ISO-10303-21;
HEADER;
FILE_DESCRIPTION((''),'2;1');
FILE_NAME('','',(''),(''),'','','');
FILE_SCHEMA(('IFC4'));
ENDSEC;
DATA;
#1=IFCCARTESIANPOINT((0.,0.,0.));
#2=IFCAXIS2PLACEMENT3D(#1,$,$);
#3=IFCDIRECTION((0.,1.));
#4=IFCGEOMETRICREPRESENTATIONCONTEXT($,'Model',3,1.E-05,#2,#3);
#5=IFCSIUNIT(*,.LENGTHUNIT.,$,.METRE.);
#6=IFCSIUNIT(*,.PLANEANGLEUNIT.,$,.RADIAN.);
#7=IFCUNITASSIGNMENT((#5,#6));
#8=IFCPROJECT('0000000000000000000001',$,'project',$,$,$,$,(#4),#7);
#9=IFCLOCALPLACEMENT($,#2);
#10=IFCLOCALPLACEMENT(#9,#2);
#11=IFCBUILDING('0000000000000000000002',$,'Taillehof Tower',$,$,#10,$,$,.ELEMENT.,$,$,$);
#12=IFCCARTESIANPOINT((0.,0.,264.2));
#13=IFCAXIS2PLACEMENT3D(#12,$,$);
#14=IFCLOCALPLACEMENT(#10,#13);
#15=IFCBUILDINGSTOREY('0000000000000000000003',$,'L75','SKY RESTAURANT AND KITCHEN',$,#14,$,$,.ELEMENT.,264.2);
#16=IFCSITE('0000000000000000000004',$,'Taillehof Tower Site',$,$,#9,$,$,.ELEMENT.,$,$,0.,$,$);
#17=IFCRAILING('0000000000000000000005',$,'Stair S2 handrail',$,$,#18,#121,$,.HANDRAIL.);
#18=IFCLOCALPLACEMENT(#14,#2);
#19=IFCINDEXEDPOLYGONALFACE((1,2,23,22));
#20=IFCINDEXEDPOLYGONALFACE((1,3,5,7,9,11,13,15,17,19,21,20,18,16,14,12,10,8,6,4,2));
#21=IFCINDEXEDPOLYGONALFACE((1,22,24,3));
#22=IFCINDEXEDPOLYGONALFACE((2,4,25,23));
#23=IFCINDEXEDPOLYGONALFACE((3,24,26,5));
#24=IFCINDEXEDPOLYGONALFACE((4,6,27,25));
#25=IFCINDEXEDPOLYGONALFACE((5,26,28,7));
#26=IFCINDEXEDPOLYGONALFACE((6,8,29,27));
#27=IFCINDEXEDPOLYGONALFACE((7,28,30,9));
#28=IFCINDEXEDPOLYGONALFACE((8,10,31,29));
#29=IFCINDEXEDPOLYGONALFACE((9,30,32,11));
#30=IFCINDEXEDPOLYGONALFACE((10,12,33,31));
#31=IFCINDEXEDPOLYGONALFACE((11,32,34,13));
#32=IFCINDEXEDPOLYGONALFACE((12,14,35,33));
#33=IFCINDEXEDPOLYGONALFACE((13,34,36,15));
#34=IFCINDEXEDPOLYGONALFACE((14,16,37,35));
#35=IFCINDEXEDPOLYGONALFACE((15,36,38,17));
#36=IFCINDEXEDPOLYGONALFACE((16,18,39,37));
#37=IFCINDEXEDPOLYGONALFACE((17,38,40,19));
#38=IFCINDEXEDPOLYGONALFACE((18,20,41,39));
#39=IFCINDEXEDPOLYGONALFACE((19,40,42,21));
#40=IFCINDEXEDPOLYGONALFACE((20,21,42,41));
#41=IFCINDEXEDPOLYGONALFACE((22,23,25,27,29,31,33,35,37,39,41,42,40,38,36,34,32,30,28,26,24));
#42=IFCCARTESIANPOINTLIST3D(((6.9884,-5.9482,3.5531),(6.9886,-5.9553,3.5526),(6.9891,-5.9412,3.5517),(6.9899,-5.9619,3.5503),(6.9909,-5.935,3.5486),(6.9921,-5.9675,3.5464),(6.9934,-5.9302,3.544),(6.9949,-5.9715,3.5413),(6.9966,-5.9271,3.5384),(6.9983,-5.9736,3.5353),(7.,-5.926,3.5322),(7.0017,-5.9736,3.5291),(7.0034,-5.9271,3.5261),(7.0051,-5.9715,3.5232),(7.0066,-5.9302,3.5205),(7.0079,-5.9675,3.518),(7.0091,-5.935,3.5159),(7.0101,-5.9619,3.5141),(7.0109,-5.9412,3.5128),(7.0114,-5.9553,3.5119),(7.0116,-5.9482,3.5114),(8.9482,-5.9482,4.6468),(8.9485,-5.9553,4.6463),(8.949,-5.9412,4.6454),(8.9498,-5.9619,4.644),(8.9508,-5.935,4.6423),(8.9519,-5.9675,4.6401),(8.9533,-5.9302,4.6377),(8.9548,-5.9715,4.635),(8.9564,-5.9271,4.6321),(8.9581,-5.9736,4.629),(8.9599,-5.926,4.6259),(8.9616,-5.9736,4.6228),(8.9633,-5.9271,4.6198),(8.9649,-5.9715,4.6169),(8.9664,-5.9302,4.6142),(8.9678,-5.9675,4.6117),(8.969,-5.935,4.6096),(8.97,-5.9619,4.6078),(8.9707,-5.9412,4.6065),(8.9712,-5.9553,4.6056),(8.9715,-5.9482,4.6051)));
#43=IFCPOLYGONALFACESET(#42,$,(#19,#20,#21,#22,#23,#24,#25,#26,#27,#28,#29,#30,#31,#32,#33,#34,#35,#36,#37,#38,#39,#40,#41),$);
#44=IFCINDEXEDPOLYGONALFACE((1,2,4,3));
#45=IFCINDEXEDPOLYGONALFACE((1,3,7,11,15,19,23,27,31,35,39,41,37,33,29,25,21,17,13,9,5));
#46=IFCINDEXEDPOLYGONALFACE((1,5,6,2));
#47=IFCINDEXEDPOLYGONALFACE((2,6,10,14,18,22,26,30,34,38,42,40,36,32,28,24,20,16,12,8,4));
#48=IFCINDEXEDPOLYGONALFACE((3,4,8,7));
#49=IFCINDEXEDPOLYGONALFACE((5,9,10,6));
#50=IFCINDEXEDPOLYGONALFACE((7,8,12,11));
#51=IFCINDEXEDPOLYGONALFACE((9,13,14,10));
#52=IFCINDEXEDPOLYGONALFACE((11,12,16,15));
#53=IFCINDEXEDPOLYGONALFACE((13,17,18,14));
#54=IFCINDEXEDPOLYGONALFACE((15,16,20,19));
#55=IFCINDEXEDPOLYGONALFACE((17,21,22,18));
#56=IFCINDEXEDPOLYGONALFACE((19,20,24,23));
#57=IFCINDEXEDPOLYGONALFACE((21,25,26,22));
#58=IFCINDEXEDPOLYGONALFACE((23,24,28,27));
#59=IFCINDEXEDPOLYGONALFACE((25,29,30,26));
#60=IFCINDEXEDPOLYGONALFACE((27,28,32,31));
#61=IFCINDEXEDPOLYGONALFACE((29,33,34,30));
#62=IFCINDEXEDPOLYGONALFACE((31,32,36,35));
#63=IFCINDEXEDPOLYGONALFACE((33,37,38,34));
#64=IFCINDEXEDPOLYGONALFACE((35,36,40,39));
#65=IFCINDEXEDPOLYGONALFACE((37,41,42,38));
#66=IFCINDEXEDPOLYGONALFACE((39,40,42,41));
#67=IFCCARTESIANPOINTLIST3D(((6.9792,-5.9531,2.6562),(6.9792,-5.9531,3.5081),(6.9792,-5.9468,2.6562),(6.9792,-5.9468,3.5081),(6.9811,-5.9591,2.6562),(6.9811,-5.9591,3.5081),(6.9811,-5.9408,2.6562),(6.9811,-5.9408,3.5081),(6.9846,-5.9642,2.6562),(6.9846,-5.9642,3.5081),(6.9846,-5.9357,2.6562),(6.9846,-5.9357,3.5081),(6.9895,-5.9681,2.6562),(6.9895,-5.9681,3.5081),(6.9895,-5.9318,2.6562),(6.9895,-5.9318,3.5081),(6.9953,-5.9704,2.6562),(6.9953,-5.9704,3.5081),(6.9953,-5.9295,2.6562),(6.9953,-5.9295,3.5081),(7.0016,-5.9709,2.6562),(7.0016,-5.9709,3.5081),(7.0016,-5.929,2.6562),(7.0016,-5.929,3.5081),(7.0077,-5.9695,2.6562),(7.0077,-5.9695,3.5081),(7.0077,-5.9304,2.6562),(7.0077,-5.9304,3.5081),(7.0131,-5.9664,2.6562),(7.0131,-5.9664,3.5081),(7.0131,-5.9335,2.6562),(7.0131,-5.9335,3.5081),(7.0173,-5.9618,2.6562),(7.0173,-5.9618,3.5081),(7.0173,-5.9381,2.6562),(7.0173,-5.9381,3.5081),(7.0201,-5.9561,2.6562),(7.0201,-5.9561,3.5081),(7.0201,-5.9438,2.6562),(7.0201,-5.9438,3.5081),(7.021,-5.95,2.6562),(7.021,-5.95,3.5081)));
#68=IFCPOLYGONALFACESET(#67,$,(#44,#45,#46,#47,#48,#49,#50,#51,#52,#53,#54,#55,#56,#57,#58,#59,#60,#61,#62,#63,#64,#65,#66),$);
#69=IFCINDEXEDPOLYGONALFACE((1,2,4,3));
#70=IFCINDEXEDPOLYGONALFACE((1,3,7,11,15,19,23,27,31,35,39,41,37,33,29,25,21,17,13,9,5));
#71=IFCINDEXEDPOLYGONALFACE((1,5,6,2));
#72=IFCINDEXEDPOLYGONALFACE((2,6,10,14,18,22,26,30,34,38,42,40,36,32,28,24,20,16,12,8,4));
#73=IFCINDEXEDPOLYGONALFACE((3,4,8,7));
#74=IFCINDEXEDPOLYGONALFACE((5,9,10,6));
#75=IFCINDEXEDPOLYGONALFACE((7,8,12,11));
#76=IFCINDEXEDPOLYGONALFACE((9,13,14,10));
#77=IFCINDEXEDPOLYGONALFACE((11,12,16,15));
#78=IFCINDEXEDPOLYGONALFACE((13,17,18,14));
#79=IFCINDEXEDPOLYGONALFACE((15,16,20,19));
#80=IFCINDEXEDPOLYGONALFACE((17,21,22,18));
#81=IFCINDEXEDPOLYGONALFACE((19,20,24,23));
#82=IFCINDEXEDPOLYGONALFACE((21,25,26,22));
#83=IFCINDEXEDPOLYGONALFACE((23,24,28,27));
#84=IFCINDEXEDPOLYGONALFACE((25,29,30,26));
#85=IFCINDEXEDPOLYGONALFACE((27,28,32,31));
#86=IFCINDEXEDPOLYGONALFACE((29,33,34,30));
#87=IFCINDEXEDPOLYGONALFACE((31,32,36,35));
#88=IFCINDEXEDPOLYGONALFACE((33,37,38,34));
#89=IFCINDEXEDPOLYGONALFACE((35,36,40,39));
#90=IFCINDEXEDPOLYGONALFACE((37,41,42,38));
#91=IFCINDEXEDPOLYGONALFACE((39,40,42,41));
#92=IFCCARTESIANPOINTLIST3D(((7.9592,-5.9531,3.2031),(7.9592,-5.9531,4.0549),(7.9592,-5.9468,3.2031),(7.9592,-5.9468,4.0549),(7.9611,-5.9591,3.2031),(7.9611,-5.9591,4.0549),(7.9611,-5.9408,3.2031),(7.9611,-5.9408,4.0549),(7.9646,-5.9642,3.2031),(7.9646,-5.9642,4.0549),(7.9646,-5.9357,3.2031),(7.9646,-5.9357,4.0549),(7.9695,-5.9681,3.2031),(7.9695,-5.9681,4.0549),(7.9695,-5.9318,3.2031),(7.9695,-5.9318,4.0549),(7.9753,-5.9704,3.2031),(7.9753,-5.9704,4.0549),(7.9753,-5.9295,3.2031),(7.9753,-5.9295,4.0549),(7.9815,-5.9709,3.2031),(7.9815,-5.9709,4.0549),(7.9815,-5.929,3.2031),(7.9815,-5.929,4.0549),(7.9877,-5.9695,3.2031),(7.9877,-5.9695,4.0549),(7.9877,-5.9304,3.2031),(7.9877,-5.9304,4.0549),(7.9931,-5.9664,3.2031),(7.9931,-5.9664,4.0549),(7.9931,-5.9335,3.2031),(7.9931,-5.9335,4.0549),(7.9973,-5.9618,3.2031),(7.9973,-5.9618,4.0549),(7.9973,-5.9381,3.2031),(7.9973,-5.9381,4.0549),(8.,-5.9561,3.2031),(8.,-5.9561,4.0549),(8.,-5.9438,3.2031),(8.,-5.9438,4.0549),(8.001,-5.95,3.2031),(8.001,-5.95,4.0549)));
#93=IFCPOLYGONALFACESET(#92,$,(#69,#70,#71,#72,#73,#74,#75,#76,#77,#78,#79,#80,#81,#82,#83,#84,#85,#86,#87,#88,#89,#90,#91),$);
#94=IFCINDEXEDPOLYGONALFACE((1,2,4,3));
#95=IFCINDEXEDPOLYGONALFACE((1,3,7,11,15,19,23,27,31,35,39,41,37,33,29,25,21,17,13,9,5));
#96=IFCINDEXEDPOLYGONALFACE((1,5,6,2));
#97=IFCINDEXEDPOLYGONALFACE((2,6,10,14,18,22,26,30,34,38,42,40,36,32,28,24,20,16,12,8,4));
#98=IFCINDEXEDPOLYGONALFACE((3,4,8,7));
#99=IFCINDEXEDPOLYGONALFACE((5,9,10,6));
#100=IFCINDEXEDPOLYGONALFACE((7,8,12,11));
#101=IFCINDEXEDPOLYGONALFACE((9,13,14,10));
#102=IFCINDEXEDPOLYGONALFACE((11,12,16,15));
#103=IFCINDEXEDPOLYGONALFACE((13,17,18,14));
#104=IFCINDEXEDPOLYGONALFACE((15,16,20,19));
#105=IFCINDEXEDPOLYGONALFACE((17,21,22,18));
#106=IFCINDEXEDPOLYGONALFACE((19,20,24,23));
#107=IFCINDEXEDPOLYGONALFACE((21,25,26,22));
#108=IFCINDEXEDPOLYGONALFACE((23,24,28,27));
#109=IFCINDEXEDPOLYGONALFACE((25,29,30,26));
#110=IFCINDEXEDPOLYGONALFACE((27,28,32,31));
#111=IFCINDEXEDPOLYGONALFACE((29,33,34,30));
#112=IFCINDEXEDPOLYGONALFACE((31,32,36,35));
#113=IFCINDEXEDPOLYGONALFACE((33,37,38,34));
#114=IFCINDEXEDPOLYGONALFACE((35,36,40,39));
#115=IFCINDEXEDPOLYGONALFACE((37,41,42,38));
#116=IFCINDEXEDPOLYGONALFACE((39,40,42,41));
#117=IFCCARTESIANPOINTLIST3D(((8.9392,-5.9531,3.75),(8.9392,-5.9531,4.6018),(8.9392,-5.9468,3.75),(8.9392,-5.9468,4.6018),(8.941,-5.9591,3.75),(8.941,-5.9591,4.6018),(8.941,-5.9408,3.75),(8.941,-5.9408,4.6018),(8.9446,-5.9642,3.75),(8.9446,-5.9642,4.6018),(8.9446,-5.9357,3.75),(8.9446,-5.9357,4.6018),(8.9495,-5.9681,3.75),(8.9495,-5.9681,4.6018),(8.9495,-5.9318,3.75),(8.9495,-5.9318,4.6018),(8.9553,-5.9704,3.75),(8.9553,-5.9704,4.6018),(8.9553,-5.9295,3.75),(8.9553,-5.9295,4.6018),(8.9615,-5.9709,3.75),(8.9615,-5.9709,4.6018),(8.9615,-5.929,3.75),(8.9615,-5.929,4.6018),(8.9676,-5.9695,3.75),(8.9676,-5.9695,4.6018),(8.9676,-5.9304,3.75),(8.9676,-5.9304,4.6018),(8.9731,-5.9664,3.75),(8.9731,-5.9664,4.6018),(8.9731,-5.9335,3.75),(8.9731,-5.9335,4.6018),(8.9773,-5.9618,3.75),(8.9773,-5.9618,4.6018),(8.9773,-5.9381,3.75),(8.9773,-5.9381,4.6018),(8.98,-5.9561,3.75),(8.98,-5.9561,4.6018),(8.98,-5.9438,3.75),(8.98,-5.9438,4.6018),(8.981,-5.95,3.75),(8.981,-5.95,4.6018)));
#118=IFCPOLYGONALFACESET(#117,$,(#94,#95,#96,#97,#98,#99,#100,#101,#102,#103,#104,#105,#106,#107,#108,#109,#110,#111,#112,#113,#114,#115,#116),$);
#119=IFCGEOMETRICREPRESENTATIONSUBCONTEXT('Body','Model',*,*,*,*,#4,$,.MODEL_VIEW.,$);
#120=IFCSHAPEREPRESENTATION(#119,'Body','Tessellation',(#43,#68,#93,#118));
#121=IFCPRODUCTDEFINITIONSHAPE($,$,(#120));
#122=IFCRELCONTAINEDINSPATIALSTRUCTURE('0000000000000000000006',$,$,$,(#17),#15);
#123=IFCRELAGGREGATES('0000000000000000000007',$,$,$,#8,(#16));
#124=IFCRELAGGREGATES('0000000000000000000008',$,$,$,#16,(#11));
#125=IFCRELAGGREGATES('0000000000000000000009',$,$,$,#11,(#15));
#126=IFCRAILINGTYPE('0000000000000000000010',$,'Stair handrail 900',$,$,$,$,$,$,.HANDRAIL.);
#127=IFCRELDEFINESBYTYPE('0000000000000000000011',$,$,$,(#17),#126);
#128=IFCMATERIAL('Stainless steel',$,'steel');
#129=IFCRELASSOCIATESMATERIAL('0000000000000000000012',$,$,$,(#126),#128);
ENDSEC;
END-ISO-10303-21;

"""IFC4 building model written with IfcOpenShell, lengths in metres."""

from ifc_helpers import new_model, si_unit, direction, frame, origin, origin_2d, place, context, subcontext, project, spatial, circle, extrude, material, type_object, element, save


model = new_model("IFC4")

# Units and contexts
model_context = context("Model", 3, precision=1e-05, world=origin(), true_north=direction((0.0, 1.0)))
body_context = subcontext(model_context, "Body", "Model", "MODEL_VIEW")
ifc_project = project(units=[si_unit("LENGTHUNIT", "METRE"), si_unit("PLANEANGLEUNIT", "RADIAN")], contexts=[model_context])

# Site, building, storey
site_placement = place(None, origin())
site = spatial("IfcSite", under=ifc_project, at=site_placement, Name="Taillehof Tower Site", CompositionType="ELEMENT", RefElevation=0.0)
building_placement = place(site_placement, origin())
building = spatial("IfcBuilding", under=site, at=building_placement, Name="Taillehof Tower", CompositionType="ELEMENT")
storey_placement = place(building_placement, frame((0.0, 0.0, 264.2)))
storey = spatial("IfcBuildingStorey", under=building, at=storey_placement, Name="L75", Description="SKY RESTAURANT AND KITCHEN", CompositionType="ELEMENT", Elevation=264.2)

# Railing
ifc_material_1 = material(Name="Stainless steel", Category="steel")
railing_type = type_object("IfcRailingType", Name="Stair handrail 900", PredefinedType="HANDRAIL", material=ifc_material_1)
for number, where, name in (
    (1, (7.0, -5.95, 2.6562), "Stair S2 handrail"),
):
    element("IfcRailing", number, at=place(storey_placement, frame(where)), inside=storey, type_object=railing_type, Name=name, PredefinedType="HANDRAIL", context=body_context, shape_type="SweptSolid", body=[
        extrude(circle(Radius=0.0239, at=origin_2d()), frame((0.0, 0.0, 0.876), z_axis=(0.873232, 0.0, 0.487304), x_axis=(0.0, 1.0, 0.0)), (0.0, 0.0, 1.0), 2.2444),
        extrude(circle(Radius=0.021, at=origin_2d()), origin(), (0.0, 0.0, 1.0), 0.8518),
        extrude(circle(Radius=0.021, at=origin_2d()), frame((0.98, 0.0, 0.5469)), (0.0, 0.0, 1.0), 0.8518),
        extrude(circle(Radius=0.021, at=origin_2d()), frame((1.96, 0.0, 1.0938)), (0.0, 0.0, 1.0), 0.8518),
    ])

save(model, "model.ifc")
